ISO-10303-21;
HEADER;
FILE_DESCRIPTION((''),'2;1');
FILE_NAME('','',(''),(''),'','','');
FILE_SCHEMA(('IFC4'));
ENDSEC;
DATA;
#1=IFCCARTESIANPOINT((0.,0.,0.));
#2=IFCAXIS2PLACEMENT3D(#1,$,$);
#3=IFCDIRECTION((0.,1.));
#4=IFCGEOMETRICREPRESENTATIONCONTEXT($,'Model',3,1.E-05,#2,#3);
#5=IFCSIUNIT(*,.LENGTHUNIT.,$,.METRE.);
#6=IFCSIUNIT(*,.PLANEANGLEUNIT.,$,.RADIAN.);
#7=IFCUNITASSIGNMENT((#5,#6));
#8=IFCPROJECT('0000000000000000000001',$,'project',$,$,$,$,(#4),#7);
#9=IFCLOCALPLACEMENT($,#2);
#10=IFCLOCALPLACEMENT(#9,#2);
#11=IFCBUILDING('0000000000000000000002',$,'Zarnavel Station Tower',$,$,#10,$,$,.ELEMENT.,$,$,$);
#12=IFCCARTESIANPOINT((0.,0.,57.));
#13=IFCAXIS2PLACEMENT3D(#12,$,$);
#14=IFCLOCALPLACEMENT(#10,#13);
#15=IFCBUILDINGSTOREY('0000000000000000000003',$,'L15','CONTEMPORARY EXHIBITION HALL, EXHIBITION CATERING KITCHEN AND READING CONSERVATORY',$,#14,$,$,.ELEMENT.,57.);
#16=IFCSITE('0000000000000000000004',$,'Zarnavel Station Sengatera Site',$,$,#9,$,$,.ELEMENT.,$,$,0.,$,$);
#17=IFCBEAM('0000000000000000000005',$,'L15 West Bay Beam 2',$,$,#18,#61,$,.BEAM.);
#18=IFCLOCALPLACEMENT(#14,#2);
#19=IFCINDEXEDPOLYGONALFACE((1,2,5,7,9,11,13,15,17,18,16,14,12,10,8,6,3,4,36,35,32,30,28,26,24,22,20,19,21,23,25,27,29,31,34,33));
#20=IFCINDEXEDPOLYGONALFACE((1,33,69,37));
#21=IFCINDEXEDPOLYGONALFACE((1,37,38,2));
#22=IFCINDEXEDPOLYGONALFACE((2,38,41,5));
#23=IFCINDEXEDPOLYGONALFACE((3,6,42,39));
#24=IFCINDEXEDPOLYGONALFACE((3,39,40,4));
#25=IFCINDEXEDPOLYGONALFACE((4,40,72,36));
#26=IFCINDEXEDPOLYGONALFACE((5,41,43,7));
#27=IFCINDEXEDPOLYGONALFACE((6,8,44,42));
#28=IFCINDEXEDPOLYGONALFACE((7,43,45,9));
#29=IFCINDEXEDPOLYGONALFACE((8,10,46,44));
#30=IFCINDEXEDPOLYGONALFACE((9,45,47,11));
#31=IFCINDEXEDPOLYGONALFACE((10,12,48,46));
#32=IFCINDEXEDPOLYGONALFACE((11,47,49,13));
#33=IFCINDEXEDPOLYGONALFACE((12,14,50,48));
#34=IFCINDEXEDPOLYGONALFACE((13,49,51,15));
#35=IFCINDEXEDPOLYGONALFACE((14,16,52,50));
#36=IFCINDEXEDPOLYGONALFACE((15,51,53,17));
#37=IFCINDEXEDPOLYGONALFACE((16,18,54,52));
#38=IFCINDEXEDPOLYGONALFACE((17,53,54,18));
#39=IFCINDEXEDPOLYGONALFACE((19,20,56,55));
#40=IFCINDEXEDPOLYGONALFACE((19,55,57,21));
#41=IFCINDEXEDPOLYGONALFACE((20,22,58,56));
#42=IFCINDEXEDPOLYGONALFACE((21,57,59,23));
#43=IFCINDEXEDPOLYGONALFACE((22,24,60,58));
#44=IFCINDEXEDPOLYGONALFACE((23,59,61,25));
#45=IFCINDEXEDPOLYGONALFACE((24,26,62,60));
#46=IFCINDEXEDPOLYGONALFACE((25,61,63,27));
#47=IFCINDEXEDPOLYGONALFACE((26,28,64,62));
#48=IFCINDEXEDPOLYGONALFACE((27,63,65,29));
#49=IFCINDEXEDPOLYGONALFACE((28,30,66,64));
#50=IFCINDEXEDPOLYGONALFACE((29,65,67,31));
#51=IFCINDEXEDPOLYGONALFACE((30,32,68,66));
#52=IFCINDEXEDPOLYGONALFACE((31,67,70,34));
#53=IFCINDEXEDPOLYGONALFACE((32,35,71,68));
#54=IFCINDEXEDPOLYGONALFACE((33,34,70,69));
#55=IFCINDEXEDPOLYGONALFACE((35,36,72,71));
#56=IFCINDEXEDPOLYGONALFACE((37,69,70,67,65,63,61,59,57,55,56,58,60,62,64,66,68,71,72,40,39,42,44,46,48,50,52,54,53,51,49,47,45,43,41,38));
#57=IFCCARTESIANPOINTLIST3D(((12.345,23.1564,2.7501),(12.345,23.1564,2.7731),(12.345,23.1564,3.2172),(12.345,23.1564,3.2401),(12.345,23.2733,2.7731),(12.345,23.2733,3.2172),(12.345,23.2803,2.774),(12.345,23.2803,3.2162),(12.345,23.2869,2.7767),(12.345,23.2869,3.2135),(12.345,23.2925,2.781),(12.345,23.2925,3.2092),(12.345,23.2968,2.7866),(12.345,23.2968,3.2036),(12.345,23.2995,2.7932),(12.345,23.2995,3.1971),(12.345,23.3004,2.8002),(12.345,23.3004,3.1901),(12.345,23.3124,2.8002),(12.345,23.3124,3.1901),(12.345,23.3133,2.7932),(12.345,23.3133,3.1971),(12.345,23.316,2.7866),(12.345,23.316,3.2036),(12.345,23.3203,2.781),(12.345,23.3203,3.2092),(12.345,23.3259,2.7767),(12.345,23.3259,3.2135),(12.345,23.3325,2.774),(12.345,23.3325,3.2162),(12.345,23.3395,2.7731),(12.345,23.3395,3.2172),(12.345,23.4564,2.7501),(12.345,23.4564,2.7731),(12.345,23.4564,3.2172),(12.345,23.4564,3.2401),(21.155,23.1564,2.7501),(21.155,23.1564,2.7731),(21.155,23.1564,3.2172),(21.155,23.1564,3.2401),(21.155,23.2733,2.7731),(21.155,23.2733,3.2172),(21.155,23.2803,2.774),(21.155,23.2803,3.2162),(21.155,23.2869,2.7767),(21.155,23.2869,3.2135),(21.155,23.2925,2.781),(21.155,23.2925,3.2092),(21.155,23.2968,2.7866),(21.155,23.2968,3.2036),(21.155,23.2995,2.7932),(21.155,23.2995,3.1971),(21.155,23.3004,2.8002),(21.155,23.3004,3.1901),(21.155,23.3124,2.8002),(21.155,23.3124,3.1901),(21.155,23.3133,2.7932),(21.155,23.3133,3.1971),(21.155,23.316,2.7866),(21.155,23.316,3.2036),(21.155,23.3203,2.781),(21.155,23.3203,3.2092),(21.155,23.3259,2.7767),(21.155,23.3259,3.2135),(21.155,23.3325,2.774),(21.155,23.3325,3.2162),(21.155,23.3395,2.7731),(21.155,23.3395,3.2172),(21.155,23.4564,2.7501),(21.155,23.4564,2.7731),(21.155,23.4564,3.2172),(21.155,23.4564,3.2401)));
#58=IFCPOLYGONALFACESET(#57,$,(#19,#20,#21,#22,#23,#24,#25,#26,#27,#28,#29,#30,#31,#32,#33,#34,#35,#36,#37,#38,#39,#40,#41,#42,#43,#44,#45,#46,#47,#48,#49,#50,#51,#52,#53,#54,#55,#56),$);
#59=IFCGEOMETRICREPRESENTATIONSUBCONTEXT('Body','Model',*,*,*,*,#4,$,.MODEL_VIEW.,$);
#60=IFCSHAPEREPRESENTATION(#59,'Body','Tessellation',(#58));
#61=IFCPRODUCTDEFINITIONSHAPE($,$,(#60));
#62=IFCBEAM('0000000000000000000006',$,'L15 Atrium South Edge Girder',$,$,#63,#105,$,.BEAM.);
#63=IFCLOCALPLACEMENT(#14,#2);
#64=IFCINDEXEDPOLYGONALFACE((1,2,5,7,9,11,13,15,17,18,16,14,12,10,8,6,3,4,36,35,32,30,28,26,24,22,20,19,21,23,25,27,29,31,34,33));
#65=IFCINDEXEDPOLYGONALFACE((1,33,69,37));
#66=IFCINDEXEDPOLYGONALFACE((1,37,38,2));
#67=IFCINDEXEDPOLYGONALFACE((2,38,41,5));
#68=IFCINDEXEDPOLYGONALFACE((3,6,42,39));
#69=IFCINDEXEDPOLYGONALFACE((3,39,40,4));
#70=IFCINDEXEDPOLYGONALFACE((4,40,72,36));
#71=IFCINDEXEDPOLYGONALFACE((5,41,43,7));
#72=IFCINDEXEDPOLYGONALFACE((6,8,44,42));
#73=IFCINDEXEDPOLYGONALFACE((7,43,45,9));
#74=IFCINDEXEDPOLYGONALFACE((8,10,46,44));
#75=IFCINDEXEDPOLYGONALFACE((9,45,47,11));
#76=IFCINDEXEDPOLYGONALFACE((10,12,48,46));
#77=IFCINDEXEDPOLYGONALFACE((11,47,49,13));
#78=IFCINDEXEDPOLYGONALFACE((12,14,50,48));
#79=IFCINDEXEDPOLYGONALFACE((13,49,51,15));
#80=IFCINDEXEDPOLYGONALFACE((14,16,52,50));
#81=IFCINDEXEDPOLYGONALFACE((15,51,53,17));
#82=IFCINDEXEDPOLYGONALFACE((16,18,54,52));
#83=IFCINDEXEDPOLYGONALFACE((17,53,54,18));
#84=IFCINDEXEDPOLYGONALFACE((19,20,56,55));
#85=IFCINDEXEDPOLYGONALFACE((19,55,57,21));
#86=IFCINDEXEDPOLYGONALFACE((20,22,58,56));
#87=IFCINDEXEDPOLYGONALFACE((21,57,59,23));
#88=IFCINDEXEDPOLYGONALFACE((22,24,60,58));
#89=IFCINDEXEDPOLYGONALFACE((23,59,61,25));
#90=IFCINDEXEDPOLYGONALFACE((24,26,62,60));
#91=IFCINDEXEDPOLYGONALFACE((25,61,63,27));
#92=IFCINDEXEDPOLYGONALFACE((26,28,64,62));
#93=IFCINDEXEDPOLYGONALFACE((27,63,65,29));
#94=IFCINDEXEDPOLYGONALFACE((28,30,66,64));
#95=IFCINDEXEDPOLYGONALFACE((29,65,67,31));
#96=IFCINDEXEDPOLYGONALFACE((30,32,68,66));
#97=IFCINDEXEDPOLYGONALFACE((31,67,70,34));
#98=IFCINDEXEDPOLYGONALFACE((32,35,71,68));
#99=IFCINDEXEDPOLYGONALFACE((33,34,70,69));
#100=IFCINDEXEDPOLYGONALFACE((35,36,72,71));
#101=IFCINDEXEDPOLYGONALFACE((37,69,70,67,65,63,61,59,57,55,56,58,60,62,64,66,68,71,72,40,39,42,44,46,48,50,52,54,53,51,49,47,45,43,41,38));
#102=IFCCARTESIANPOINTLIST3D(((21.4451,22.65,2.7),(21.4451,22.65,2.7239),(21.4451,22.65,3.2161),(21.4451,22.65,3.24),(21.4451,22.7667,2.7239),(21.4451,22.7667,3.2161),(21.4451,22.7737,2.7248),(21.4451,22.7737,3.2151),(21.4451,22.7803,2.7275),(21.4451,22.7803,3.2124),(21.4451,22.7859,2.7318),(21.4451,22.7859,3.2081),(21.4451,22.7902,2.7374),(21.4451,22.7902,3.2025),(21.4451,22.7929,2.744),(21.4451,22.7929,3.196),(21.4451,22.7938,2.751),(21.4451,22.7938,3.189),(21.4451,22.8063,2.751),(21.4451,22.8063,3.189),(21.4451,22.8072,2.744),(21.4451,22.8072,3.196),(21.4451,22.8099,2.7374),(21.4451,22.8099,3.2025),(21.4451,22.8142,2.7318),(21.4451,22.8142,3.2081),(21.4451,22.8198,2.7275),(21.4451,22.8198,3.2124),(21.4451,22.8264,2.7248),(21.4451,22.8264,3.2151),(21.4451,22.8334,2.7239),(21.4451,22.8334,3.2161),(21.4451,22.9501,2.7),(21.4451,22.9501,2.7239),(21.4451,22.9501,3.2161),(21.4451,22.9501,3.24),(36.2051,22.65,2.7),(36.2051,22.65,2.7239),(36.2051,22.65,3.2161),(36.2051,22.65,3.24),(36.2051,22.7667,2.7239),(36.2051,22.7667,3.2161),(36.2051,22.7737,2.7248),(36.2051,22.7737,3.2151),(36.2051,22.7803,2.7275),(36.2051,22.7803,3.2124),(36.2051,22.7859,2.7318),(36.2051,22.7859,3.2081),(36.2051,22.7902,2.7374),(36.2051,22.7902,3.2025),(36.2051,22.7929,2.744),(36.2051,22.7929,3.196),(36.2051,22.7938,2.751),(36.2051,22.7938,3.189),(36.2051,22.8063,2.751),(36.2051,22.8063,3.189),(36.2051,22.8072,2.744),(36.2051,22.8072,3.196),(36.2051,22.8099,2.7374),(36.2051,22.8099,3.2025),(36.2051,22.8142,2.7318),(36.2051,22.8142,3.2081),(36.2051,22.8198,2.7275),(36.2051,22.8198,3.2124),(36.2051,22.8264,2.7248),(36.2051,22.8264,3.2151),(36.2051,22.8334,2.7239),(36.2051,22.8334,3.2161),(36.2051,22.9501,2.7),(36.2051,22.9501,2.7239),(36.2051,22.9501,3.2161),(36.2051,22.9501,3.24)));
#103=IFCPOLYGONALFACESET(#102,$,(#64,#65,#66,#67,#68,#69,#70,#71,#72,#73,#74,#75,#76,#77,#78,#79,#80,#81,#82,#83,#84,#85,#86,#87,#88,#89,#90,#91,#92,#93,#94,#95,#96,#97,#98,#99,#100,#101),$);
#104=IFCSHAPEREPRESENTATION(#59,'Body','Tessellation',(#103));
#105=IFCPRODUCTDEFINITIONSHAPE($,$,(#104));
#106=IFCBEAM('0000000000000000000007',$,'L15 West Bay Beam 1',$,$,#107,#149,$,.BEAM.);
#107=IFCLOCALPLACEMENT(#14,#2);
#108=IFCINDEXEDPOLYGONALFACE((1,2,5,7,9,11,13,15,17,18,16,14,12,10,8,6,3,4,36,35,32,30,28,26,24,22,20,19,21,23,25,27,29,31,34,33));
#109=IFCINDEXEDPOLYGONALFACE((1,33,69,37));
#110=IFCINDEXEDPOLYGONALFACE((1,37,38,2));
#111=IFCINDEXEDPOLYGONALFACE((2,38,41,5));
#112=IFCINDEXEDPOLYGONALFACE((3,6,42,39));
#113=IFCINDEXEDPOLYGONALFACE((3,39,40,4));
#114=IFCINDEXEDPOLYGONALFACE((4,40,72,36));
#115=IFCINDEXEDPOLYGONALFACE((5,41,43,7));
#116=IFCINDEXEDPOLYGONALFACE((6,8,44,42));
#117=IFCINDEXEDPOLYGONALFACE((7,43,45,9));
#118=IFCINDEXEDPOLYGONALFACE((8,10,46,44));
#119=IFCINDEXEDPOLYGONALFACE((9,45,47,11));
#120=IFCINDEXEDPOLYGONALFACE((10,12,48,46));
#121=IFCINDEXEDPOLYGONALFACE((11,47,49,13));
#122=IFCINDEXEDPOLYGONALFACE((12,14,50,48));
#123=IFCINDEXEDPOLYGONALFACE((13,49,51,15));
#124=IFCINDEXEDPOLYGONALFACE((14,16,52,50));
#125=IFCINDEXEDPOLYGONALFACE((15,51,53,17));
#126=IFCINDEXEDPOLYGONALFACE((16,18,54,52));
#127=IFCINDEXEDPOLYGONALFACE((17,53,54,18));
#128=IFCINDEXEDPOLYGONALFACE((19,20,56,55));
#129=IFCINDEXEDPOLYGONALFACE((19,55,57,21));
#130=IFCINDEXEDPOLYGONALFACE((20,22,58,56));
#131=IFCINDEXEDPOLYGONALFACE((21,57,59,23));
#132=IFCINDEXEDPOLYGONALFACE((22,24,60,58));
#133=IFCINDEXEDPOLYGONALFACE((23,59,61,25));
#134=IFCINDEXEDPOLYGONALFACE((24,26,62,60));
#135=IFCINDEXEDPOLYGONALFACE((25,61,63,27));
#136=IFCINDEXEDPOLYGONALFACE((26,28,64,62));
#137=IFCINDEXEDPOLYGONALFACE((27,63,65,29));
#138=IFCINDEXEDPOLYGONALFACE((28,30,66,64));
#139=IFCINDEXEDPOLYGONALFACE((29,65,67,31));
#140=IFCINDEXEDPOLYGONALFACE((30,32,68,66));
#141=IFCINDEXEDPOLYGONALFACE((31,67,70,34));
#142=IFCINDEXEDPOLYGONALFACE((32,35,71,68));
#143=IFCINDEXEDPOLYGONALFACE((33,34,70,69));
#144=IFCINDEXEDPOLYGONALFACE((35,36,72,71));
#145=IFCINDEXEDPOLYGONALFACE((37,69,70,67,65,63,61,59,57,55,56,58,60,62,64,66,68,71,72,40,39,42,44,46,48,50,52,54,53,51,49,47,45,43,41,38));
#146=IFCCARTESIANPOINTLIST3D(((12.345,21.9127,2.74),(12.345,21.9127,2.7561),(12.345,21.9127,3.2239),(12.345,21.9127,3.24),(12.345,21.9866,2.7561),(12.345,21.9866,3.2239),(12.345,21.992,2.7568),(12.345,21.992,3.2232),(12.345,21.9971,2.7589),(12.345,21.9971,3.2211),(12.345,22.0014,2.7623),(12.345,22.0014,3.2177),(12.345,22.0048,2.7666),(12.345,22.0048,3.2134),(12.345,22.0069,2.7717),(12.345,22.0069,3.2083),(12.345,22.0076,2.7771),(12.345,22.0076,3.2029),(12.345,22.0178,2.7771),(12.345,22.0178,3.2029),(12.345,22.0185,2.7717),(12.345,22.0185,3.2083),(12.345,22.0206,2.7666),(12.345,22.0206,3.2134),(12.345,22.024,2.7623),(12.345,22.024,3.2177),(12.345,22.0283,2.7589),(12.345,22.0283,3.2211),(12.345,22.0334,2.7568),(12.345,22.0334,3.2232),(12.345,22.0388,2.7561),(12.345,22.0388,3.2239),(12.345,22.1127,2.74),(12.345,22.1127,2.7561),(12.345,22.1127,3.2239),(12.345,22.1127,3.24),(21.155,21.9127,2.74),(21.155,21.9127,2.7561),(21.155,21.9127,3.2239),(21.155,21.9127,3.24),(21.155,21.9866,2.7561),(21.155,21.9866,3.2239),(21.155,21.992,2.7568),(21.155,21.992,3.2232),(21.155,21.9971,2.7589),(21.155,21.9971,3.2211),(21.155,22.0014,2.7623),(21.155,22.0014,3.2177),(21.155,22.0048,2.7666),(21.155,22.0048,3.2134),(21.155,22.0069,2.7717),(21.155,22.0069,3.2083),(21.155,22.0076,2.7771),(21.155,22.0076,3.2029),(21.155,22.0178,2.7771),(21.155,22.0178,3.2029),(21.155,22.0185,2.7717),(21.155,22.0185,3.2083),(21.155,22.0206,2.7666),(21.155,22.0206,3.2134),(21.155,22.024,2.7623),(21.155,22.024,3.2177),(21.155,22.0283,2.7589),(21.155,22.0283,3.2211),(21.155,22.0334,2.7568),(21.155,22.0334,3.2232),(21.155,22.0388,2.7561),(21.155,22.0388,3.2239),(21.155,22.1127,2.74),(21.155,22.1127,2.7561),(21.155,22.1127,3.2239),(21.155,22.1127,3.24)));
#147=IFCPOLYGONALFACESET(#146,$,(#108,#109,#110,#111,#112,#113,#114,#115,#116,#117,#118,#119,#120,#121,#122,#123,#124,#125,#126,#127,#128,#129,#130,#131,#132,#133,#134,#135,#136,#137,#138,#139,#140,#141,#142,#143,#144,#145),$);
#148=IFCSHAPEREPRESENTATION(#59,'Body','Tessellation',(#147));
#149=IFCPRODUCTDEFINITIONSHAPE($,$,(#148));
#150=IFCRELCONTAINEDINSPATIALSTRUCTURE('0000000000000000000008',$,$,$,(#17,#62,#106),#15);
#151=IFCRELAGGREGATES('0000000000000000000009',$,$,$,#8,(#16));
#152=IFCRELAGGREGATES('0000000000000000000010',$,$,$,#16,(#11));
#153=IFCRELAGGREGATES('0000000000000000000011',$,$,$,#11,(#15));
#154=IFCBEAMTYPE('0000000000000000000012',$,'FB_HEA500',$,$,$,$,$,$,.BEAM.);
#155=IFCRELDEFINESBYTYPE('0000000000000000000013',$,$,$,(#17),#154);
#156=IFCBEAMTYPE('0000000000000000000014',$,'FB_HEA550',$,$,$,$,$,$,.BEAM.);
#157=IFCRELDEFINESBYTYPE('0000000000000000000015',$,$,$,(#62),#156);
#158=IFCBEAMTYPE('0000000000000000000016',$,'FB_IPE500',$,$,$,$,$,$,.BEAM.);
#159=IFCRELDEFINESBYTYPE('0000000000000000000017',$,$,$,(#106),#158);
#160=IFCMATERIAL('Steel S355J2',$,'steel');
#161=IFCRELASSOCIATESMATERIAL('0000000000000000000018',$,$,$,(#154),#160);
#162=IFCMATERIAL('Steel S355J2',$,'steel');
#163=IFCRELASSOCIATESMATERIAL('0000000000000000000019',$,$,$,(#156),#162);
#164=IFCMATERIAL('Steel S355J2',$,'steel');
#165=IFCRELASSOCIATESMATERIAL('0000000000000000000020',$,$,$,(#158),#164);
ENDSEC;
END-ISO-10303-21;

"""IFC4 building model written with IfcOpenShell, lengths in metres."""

from ifc_helpers import new_model, si_unit, direction, frame, origin, origin_2d, place, context, subcontext, project, spatial, i_section, extrude, material, material_profile, profile_set, type_object, element, save


model = new_model("IFC4")

# Units and contexts
model_context = context("Model", 3, precision=1e-05, world=origin(), true_north=direction((0.0, 1.0)))
body_context = subcontext(model_context, "Body", "Model", "MODEL_VIEW")
ifc_project = project(units=[si_unit("LENGTHUNIT", "METRE"), si_unit("PLANEANGLEUNIT", "RADIAN")], contexts=[model_context])

# Site, building, storey
site_placement = place(None, origin())
site = spatial("IfcSite", under=ifc_project, at=site_placement, Name="Zarnavel Station Sengatera Site", CompositionType="ELEMENT", RefElevation=0.0)
building_placement = place(site_placement, origin())
building = spatial("IfcBuilding", under=site, at=building_placement, Name="Zarnavel Station Tower", CompositionType="ELEMENT")
storey_placement = place(building_placement, frame((0.0, 0.0, 57.0)))
storey = spatial("IfcBuildingStorey", under=building, at=storey_placement, Name="L15", Description="CONTEMPORARY EXHIBITION HALL, EXHIBITION CATERING KITCHEN AND READING CONSERVATORY", CompositionType="ELEMENT", Elevation=57.0)

# Beams
ifc_material_1 = material(Name="Steel S355J2", Category="steel")
ifc_material_profile_1 = material_profile(ifc_material_1, i_section(OverallWidth=0.3, OverallDepth=0.49, WebThickness=0.012, FlangeThickness=0.0229, FilletRadius=0.0271, at=origin_2d()), Name="HEA500")
ifc_profile_set_1 = profile_set([ifc_material_profile_1], Name="Steel S355J2")
beam_type_1 = type_object("IfcBeamType", Name="FB_HEA500", PredefinedType="BEAM", material=ifc_profile_set_1)
beam_1_placement = place(storey_placement, frame((12.345, 23.3064, 2.9951), z_axis=(1.0, 0.0, 0.0), x_axis=(0.0, 1.0, 0.0)))
element("IfcBeam", 1, at=beam_1_placement, inside=storey, type_object=beam_type_1, Name="L15 West Bay Beam 2", PredefinedType="BEAM", context=body_context, shape_type="SweptSolid", body=[
    extrude(i_section(OverallWidth=0.3, OverallDepth=0.49, WebThickness=0.012, FlangeThickness=0.0229, FilletRadius=0.0271, at=origin_2d()), origin(), (0.0, 0.0, 1.0), 8.8101),
])
ifc_material_2 = material(Name="Steel S355J2", Category="steel")
ifc_material_profile_2 = material_profile(ifc_material_2, i_section(OverallWidth=0.3, OverallDepth=0.54, WebThickness=0.0125, FlangeThickness=0.0239, FilletRadius=0.0271, at=origin_2d()), Name="HEA550")
ifc_profile_set_2 = profile_set([ifc_material_profile_2], Name="Steel S355J2")
beam_type_2 = type_object("IfcBeamType", Name="FB_HEA550", PredefinedType="BEAM", material=ifc_profile_set_2)
beam_2_placement = place(storey_placement, frame((21.4451, 22.8, 2.97), z_axis=(1.0, 0.0, 0.0), x_axis=(0.0, 1.0, 0.0)))
element("IfcBeam", 2, at=beam_2_placement, inside=storey, type_object=beam_type_2, Name="L15 Atrium South Edge Girder", PredefinedType="BEAM", context=body_context, shape_type="SweptSolid", body=[
    extrude(i_section(OverallWidth=0.3, OverallDepth=0.54, WebThickness=0.0125, FlangeThickness=0.0239, FilletRadius=0.0271, at=origin_2d()), origin(), (0.0, 0.0, 1.0), 14.76),
])
ifc_material_3 = material(Name="Steel S355J2", Category="steel")
ifc_material_profile_3 = material_profile(ifc_material_3, i_section(OverallWidth=0.2, OverallDepth=0.5, WebThickness=0.0103, FlangeThickness=0.0161, FilletRadius=0.021, at=origin_2d()), Name="IPE500")
ifc_profile_set_3 = profile_set([ifc_material_profile_3], Name="Steel S355J2")
beam_type_3 = type_object("IfcBeamType", Name="FB_IPE500", PredefinedType="BEAM", material=ifc_profile_set_3)
beam_3_placement = place(storey_placement, frame((12.345, 22.0127, 2.99), z_axis=(1.0, 0.0, 0.0), x_axis=(0.0, 1.0, 0.0)))
element("IfcBeam", 3, at=beam_3_placement, inside=storey, type_object=beam_type_3, Name="L15 West Bay Beam 1", PredefinedType="BEAM", context=body_context, shape_type="SweptSolid", body=[
    extrude(i_section(OverallWidth=0.2, OverallDepth=0.5, WebThickness=0.0103, FlangeThickness=0.0161, FilletRadius=0.021, at=origin_2d()), origin(), (0.0, 0.0, 1.0), 8.8101),
])

save(model, "model.ifc")
